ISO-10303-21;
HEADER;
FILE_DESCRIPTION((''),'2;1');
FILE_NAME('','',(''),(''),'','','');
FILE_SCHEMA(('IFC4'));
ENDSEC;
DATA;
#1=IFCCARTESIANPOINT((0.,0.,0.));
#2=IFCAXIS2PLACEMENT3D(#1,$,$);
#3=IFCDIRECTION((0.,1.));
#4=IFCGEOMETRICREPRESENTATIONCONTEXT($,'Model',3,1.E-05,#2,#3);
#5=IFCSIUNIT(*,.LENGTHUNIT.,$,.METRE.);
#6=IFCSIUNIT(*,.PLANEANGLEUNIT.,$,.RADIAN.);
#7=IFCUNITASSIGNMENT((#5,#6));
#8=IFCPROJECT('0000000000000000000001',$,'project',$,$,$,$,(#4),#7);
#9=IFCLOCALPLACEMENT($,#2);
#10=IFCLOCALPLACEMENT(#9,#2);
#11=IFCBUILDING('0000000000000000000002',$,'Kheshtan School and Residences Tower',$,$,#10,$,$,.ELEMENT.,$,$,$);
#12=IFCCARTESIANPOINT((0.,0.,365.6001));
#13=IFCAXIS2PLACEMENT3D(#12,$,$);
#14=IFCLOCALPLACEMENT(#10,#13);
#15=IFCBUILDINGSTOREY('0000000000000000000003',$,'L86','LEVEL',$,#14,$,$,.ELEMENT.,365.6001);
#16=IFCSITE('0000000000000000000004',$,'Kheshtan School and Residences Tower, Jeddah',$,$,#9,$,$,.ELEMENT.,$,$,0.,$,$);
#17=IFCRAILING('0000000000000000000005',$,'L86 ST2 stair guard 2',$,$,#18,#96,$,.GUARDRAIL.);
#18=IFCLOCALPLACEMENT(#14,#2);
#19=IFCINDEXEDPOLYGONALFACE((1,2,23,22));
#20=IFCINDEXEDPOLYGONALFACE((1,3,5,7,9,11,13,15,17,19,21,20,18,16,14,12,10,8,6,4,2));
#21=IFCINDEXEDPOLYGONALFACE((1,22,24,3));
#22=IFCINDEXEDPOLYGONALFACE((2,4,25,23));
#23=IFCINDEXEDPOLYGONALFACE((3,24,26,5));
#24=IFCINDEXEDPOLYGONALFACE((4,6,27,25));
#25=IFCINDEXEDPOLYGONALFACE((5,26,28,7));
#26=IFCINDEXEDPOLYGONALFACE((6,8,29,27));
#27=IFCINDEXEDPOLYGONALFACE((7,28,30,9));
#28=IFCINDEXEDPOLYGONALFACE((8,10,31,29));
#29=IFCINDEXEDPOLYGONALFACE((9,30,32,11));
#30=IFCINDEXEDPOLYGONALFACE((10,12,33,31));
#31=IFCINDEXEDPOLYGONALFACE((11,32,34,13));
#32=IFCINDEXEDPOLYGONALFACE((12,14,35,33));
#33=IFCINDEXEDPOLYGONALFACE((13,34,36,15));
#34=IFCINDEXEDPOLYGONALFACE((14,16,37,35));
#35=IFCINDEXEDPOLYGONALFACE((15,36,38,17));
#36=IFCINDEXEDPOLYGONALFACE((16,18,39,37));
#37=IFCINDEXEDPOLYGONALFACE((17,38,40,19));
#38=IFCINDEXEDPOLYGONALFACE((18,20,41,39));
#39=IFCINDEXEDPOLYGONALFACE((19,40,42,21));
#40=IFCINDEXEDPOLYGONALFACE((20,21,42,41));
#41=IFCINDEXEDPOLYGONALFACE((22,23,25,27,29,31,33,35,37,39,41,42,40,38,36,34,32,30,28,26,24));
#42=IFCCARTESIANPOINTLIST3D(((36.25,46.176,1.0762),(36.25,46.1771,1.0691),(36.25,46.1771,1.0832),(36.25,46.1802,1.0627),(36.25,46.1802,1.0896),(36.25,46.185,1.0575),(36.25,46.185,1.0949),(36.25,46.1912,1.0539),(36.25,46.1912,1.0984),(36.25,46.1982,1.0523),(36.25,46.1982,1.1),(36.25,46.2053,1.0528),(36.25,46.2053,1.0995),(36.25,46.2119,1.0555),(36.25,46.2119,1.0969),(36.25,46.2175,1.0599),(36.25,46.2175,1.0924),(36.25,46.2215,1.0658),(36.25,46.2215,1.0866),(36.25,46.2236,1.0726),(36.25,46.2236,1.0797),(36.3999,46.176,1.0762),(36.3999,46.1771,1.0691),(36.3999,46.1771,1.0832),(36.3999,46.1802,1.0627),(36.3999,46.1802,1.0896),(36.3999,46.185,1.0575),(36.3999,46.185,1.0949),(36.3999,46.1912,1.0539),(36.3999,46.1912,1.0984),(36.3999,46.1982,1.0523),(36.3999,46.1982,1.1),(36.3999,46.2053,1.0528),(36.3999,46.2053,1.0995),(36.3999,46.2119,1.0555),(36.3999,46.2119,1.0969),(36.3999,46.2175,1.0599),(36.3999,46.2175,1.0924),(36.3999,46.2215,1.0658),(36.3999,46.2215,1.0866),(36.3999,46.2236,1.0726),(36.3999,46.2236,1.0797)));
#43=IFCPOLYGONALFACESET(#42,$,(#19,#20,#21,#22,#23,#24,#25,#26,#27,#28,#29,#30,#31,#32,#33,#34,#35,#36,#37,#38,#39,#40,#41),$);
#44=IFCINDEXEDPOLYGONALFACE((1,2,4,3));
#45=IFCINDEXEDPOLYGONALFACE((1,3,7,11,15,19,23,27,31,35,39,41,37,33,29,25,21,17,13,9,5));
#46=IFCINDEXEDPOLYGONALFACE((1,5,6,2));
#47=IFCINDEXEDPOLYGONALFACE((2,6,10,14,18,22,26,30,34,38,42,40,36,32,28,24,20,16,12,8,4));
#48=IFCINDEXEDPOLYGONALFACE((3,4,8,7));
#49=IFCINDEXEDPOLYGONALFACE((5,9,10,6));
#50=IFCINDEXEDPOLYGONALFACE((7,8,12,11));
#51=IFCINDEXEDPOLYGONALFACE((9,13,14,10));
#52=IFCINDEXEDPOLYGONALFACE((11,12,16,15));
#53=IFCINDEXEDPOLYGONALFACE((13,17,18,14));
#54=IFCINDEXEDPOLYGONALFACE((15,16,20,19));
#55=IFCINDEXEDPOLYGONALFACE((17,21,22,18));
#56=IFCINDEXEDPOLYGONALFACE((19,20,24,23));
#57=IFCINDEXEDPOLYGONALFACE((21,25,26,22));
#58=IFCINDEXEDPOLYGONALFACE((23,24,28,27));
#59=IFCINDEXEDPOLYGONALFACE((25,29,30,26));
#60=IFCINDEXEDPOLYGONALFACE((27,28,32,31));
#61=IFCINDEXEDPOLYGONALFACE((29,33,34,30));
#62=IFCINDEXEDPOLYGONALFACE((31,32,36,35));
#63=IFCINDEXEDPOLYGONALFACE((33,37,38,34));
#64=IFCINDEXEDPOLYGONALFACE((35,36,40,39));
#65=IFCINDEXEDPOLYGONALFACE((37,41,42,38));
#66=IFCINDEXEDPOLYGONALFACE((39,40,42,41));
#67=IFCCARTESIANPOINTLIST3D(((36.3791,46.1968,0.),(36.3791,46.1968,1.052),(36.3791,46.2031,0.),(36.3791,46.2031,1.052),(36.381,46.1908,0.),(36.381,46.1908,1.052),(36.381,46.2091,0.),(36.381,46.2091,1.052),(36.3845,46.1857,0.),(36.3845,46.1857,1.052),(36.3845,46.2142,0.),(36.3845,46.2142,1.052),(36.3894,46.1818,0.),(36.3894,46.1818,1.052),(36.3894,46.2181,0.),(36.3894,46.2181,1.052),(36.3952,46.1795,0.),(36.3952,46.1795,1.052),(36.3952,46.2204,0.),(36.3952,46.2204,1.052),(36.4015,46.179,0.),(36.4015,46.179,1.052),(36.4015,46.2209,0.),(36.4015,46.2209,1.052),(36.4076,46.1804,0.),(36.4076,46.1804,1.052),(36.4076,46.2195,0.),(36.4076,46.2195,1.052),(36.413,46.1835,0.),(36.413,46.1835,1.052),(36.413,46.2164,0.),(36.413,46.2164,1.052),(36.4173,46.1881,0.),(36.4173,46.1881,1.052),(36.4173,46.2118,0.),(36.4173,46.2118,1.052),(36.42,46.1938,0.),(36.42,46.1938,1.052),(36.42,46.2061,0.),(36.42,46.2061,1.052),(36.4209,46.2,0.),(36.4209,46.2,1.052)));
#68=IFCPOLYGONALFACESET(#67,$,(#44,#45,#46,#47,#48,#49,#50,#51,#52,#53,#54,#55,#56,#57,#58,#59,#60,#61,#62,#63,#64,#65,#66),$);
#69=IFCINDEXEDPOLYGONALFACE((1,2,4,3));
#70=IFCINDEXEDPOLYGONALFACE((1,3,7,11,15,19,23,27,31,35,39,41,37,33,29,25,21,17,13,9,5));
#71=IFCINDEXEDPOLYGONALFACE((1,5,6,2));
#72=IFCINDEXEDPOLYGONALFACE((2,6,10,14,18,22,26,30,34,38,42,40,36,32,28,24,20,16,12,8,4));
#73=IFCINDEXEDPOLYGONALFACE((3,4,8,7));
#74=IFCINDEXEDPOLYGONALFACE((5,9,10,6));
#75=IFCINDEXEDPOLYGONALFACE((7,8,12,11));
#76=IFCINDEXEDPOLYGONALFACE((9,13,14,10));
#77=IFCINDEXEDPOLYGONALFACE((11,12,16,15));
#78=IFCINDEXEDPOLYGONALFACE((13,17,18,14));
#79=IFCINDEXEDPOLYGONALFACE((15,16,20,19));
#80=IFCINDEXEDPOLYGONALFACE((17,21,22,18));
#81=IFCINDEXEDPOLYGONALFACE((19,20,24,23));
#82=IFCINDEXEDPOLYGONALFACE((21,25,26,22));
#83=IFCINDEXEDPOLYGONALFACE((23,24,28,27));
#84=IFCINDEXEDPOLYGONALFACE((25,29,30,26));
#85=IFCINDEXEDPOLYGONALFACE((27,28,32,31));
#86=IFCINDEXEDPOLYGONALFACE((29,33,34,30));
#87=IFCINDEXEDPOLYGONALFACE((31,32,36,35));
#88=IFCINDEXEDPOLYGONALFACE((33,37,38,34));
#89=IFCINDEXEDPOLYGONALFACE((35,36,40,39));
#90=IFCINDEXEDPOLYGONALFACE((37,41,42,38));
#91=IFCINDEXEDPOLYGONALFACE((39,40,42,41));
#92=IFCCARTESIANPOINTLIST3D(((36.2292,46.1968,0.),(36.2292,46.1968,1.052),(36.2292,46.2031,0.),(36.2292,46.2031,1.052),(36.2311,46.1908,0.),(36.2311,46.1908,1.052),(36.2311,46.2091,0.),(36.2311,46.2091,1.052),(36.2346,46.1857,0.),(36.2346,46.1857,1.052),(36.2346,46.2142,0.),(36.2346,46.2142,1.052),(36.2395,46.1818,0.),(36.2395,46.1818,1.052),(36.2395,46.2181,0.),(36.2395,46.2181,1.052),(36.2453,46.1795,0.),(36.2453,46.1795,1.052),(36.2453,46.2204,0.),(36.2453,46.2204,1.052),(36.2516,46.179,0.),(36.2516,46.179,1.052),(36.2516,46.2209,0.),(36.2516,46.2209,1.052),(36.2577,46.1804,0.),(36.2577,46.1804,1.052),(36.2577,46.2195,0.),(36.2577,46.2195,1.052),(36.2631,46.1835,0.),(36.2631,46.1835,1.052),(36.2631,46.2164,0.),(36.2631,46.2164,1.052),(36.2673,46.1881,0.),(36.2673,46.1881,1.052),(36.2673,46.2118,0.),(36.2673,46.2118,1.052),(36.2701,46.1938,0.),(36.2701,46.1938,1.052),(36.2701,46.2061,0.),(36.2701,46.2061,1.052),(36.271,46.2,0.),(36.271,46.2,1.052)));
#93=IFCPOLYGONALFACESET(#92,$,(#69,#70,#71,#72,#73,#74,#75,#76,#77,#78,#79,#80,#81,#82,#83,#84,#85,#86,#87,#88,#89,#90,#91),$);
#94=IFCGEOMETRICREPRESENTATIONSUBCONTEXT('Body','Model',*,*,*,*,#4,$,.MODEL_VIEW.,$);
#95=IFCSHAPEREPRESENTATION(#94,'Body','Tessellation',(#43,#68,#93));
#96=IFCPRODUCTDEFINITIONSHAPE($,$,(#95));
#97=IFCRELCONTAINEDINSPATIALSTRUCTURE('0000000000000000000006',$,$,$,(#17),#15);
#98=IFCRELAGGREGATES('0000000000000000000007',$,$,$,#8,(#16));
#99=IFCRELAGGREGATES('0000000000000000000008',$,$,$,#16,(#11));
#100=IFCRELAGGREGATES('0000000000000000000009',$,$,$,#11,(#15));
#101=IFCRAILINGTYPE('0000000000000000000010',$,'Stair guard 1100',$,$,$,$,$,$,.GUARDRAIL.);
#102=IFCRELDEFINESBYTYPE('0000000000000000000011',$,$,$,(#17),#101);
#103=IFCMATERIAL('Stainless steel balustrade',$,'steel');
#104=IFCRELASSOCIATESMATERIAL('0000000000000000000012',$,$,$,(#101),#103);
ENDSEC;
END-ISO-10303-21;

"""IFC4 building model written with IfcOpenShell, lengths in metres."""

from ifc_helpers import new_model, si_unit, direction, frame, origin, origin_2d, place, context, subcontext, project, spatial, circle, extrude, material, type_object, element, save


model = new_model("IFC4")

# Units and contexts
model_context = context("Model", 3, precision=1e-05, world=origin(), true_north=direction((0.0, 1.0)))
body_context = subcontext(model_context, "Body", "Model", "MODEL_VIEW")
ifc_project = project(units=[si_unit("LENGTHUNIT", "METRE"), si_unit("PLANEANGLEUNIT", "RADIAN")], contexts=[model_context])

# Site, building, storey
site_placement = place(None, origin())
site = spatial("IfcSite", under=ifc_project, at=site_placement, Name="Kheshtan School and Residences Tower, Jeddah", CompositionType="ELEMENT", RefElevation=0.0)
building_placement = place(site_placement, origin())
building = spatial("IfcBuilding", under=site, at=building_placement, Name="Kheshtan School and Residences Tower", CompositionType="ELEMENT")
storey_placement = place(building_placement, frame((0.0, 0.0, 365.6001)))
storey = spatial("IfcBuildingStorey", under=building, at=storey_placement, Name="L86", Description="LEVEL", CompositionType="ELEMENT", Elevation=365.6001)

# Railing
ifc_material_1 = material(Name="Stainless steel balustrade", Category="steel")
railing_type_1 = type_object("IfcRailingType", Name="Stair guard 1100", PredefinedType="GUARDRAIL", material=ifc_material_1)
railing_1_placement = place(storey_placement, frame((36.3999, 46.2, 0.0)))
element("IfcRailing", 1, at=railing_1_placement, inside=storey, type_object=railing_type_1, Name="L86 ST2 stair guard 2", PredefinedType="GUARDRAIL", context=body_context, shape_type="SweptSolid", body=[
    extrude(circle(Radius=0.0239, at=origin_2d()), frame((0.0, 0.0, 1.0762), z_axis=(-1.0, 0.0, 0.0), x_axis=(0.0, -1.0, 0.0)), (0.0, 0.0, 1.0), 0.1499),
    extrude(circle(Radius=0.021, at=origin_2d()), origin(), (0.0, 0.0, 1.0), 1.052),
    extrude(circle(Radius=0.021, at=origin_2d()), frame((-0.1499, 0.0, 0.0)), (0.0, 0.0, 1.0), 1.052),
])

save(model, "model.ifc")
